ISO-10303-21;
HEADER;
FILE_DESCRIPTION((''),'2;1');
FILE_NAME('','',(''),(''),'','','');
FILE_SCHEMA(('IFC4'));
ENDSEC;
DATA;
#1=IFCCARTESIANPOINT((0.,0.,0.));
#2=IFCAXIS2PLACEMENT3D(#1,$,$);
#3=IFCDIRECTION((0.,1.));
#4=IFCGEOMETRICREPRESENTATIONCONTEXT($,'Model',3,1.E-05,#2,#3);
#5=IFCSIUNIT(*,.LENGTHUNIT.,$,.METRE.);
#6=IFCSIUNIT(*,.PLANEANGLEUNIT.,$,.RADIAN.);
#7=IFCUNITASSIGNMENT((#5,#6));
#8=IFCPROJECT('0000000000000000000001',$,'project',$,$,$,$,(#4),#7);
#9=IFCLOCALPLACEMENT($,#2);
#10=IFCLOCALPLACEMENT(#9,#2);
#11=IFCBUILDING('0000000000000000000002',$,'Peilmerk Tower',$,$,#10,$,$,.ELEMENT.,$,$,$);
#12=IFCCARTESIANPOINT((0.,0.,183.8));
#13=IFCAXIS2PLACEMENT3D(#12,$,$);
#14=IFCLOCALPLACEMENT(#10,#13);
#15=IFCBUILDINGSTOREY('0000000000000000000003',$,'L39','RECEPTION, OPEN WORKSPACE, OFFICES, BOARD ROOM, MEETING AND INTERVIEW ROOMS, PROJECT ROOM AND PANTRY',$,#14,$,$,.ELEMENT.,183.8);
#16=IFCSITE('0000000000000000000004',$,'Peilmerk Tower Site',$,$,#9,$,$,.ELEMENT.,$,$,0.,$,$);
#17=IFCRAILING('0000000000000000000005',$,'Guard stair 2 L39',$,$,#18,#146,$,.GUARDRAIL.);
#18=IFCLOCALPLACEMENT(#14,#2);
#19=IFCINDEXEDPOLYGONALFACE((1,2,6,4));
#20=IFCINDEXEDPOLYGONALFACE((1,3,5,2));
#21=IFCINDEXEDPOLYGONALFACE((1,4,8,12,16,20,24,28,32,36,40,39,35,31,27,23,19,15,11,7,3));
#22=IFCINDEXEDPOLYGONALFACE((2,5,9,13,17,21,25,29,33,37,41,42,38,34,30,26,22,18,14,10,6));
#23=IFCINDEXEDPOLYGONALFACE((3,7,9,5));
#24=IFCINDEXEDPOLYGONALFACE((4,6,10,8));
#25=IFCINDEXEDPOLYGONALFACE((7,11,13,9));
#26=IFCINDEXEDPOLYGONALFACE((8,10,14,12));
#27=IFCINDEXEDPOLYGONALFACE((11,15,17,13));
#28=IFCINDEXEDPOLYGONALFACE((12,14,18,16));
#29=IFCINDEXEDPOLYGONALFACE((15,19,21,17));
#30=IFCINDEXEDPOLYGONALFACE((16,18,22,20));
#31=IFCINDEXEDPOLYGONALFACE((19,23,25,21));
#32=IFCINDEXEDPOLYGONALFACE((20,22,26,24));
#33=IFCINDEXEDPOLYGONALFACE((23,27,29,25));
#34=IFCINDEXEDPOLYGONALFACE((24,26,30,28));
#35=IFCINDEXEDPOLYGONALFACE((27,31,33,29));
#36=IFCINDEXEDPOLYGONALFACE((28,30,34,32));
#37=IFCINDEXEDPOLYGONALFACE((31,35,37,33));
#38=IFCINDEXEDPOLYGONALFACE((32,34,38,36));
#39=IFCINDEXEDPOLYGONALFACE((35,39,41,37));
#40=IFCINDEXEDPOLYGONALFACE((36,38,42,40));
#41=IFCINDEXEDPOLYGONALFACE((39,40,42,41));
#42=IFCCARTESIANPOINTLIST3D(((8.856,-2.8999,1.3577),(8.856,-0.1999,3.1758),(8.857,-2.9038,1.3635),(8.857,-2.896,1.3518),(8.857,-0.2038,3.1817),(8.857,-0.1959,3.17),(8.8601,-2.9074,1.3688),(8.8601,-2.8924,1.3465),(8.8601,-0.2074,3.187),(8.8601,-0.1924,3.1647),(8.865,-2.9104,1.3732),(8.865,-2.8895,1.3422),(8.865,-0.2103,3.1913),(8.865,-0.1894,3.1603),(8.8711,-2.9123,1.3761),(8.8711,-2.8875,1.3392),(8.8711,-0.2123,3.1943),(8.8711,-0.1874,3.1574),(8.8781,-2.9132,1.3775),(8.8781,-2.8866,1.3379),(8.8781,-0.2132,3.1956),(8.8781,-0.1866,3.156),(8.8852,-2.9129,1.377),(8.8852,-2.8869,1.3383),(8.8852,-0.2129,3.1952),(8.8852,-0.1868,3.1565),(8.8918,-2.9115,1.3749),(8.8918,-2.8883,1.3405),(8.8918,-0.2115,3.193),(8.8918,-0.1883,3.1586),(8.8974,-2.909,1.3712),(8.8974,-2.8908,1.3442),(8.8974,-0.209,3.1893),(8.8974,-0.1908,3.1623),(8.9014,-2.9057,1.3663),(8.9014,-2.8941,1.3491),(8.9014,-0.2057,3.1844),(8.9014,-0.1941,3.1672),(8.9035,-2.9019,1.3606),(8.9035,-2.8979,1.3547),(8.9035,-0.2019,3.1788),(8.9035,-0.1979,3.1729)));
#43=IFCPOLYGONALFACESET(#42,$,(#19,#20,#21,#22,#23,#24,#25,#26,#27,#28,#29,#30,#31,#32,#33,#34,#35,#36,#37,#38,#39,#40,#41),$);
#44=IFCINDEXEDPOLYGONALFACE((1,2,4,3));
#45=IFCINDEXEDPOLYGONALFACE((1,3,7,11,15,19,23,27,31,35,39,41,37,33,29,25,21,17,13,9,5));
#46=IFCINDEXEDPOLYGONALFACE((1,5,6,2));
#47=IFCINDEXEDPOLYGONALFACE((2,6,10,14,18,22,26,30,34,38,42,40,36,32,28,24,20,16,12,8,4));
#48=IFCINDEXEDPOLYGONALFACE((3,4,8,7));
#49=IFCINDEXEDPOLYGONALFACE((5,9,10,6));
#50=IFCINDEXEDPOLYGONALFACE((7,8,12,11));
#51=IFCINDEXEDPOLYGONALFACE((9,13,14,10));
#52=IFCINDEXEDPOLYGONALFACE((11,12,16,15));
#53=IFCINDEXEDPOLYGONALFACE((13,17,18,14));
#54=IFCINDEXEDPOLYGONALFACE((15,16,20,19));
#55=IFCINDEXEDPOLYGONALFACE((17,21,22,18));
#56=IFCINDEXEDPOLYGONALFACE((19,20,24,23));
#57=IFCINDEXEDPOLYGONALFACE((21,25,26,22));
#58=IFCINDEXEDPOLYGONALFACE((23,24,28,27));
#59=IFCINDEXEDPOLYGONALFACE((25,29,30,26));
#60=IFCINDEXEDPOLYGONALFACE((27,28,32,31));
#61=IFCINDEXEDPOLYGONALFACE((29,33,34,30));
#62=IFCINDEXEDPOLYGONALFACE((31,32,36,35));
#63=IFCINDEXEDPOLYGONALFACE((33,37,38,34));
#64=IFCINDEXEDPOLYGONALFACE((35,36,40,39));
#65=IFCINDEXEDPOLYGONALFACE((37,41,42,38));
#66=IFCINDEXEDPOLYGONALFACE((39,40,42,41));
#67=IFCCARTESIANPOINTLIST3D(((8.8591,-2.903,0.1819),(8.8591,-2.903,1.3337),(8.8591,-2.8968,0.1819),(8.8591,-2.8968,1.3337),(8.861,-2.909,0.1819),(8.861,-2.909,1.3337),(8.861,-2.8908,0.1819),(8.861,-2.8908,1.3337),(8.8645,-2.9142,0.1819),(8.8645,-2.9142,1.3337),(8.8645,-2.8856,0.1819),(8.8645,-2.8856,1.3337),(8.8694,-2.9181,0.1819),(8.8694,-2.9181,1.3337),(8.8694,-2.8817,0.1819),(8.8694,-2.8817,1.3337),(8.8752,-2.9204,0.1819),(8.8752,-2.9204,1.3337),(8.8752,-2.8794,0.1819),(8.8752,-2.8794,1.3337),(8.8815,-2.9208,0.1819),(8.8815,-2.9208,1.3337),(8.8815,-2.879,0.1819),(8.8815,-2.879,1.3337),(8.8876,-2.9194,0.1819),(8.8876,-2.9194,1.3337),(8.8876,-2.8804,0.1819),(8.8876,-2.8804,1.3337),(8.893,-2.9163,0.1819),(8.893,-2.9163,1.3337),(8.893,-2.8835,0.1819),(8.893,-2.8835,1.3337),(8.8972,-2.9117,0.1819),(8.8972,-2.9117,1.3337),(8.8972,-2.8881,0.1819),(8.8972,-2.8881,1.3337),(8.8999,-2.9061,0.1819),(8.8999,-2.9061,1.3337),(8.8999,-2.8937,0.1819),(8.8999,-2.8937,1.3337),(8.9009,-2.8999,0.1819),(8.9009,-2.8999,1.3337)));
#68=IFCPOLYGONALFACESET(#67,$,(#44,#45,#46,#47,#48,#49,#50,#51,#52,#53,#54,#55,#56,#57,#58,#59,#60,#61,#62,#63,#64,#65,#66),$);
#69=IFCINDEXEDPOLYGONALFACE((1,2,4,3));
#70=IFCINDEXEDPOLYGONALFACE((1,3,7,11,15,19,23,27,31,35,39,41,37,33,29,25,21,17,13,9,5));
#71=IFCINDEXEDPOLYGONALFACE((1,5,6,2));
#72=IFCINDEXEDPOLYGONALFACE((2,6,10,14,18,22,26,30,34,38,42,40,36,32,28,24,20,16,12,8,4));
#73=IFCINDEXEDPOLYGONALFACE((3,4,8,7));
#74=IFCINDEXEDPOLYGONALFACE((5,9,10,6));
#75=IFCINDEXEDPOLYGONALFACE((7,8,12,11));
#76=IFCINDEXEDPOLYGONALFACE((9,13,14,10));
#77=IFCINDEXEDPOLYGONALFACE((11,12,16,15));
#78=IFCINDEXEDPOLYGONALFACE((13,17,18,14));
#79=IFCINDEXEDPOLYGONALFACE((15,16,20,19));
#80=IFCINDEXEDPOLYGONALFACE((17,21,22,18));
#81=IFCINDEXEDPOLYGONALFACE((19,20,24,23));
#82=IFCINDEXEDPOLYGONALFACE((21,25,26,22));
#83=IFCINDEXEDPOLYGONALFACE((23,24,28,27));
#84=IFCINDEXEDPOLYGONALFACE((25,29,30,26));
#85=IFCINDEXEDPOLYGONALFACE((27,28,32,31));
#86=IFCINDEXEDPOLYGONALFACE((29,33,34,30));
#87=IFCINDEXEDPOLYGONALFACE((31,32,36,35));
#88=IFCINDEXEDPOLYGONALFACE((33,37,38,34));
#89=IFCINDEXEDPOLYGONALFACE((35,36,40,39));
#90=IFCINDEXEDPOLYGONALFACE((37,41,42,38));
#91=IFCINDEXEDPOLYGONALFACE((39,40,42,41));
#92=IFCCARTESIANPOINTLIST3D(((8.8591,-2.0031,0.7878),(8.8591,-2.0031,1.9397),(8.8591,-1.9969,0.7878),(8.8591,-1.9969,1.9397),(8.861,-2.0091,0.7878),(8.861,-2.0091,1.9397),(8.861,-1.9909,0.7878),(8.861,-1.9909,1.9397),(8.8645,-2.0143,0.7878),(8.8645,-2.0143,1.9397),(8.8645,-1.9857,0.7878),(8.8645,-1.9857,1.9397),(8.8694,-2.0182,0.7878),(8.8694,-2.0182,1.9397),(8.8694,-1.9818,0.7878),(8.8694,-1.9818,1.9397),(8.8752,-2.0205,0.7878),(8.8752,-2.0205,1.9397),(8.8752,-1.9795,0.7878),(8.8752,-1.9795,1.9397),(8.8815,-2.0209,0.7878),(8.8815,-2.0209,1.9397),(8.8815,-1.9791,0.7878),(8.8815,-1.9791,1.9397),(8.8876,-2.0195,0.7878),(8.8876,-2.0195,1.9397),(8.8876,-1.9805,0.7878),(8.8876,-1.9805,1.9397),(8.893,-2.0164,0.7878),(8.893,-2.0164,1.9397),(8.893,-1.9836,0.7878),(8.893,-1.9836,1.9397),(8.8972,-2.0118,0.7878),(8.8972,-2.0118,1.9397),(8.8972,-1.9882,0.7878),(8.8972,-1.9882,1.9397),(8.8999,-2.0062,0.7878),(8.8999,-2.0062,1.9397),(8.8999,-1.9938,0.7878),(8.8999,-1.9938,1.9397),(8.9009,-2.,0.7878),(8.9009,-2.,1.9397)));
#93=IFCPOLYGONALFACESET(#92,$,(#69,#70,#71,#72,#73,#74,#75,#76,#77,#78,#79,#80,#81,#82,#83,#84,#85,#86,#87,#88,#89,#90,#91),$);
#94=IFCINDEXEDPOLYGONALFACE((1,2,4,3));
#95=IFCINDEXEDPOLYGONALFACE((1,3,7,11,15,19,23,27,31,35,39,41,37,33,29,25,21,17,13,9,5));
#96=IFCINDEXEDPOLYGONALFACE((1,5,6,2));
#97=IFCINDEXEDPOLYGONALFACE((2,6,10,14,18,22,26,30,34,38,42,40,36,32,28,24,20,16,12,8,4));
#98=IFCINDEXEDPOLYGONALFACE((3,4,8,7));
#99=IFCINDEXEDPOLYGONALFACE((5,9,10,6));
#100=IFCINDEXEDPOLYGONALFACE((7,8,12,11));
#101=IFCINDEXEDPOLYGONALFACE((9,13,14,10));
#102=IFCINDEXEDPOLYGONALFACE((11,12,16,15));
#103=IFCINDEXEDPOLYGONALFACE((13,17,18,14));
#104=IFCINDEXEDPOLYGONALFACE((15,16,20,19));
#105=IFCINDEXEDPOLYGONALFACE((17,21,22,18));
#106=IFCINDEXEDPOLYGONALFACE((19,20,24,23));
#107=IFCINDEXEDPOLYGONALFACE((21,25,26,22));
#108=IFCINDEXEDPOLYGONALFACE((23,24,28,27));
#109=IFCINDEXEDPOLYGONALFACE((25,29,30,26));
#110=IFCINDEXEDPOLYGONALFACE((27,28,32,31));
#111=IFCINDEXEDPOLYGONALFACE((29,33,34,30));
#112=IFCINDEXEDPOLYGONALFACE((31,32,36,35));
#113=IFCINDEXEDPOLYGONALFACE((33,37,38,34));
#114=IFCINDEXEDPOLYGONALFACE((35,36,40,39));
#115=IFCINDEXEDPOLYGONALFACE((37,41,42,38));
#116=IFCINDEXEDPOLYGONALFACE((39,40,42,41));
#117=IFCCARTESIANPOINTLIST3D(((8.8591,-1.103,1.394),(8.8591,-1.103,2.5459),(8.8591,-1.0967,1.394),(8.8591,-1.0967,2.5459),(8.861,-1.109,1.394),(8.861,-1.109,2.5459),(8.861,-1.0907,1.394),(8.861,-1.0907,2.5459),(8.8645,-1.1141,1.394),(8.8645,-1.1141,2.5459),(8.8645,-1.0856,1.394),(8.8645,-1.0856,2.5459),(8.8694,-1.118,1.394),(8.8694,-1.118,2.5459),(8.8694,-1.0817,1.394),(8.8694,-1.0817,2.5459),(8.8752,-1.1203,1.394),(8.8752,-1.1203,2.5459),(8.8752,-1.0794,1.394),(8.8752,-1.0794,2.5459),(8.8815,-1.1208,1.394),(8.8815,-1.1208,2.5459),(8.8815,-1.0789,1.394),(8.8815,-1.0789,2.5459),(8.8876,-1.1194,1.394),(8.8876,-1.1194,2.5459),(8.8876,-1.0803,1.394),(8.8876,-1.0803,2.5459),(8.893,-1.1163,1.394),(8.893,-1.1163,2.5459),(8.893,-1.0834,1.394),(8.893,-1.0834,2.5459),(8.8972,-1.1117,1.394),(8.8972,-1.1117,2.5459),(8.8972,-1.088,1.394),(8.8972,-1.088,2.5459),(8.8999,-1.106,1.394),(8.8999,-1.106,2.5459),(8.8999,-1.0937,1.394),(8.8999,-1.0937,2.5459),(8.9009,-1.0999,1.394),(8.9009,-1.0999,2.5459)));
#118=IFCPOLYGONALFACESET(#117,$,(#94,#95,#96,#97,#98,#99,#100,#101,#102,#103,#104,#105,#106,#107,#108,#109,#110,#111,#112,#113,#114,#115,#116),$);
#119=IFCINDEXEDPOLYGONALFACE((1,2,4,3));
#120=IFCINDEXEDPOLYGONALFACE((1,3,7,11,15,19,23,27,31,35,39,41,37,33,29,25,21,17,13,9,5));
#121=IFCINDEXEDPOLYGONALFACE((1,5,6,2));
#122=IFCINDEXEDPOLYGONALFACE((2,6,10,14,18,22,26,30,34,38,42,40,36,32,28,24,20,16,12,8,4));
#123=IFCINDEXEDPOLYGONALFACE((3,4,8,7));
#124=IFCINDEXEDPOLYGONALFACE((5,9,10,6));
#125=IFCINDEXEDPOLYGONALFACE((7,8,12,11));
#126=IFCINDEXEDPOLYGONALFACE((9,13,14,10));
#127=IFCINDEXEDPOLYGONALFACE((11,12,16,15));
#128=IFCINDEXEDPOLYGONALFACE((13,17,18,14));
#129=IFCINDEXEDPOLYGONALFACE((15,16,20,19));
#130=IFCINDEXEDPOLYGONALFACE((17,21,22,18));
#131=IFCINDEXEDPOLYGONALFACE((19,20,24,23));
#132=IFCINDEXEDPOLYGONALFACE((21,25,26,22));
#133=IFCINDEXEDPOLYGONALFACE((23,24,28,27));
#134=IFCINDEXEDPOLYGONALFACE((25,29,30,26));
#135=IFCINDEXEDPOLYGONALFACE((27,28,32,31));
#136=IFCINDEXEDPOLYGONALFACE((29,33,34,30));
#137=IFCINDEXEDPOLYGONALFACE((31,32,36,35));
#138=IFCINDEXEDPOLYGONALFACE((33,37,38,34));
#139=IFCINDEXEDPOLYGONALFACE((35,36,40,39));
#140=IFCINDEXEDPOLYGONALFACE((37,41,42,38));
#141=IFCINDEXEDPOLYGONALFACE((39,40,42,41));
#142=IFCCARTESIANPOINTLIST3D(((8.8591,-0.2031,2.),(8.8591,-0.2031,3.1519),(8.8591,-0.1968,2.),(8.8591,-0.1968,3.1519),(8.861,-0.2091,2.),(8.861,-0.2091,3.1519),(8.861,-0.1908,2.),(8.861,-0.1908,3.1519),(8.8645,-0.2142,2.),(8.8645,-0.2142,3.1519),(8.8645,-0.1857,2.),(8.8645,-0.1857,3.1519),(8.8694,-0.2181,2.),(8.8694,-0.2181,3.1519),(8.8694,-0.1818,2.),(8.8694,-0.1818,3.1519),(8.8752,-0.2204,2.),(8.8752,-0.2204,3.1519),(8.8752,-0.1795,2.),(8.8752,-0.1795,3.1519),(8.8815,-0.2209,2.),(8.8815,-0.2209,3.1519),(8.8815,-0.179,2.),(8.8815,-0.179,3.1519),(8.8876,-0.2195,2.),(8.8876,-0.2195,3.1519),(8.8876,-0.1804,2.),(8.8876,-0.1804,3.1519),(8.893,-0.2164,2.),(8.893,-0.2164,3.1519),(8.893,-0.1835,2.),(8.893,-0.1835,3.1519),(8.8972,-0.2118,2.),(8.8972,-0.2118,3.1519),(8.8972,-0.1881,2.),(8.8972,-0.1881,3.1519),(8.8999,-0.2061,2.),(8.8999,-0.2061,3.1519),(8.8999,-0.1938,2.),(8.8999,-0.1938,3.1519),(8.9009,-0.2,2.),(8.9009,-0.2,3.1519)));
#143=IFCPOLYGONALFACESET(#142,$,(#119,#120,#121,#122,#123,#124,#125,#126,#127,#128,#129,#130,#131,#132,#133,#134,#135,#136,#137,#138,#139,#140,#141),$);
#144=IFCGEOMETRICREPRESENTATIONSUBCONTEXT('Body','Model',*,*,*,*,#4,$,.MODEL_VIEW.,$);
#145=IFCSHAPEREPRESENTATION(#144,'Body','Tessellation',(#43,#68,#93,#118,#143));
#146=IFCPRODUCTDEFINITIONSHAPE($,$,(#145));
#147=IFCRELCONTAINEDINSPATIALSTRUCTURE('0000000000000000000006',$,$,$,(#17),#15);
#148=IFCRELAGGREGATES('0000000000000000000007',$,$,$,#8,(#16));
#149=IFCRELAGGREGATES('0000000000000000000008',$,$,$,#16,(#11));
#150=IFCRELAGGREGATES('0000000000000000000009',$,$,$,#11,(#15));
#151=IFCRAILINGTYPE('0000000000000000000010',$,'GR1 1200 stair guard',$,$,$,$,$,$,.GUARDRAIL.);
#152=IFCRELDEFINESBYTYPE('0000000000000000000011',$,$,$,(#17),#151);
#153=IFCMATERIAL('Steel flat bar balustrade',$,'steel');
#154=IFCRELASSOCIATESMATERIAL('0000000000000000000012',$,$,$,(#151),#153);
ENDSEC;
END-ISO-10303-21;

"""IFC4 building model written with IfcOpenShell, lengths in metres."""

from ifc_helpers import new_model, si_unit, direction, frame, origin, origin_2d, place, context, subcontext, project, spatial, circle, extrude, material, type_object, element, save


model = new_model("IFC4")

# Units and contexts
model_context = context("Model", 3, precision=1e-05, world=origin(), true_north=direction((0.0, 1.0)))
body_context = subcontext(model_context, "Body", "Model", "MODEL_VIEW")
ifc_project = project(units=[si_unit("LENGTHUNIT", "METRE"), si_unit("PLANEANGLEUNIT", "RADIAN")], contexts=[model_context])

# Site, building, storey
site_placement = place(None, origin())
site = spatial("IfcSite", under=ifc_project, at=site_placement, Name="Peilmerk Tower Site", CompositionType="ELEMENT", RefElevation=0.0)
building_placement = place(site_placement, origin())
building = spatial("IfcBuilding", under=site, at=building_placement, Name="Peilmerk Tower", CompositionType="ELEMENT")
storey_placement = place(building_placement, frame((0.0, 0.0, 183.8)))
storey = spatial("IfcBuildingStorey", under=building, at=storey_placement, Name="L39", Description="RECEPTION, OPEN WORKSPACE, OFFICES, BOARD ROOM, MEETING AND INTERVIEW ROOMS, PROJECT ROOM AND PANTRY", CompositionType="ELEMENT", Elevation=183.8)

# Railing
ifc_material_1 = material(Name="Steel flat bar balustrade", Category="steel")
railing_type_1 = type_object("IfcRailingType", Name="GR1 1200 stair guard", PredefinedType="GUARDRAIL", material=ifc_material_1)
railing_1_placement = place(storey_placement, frame((8.8799, -2.8999, 0.1819)))
element("IfcRailing", 1, at=railing_1_placement, inside=storey, type_object=railing_type_1, Name="Guard stair 2 L39", PredefinedType="GUARDRAIL", context=body_context, shape_type="SweptSolid", body=[
    extrude(circle(Radius=0.0239, at=origin_2d()), frame((0.0, 0.0, 1.1758), z_axis=(0.0, 0.829468, 0.558554), x_axis=(-1.0, 0.0, 0.0)), (0.0, 0.0, 1.0), 3.2551),
    extrude(circle(Radius=0.021, at=origin_2d()), origin(), (0.0, 0.0, 1.0), 1.1519),
    extrude(circle(Radius=0.021, at=origin_2d()), frame((0.0, 0.8999, 0.606)), (0.0, 0.0, 1.0), 1.1519),
    extrude(circle(Radius=0.021, at=origin_2d()), frame((0.0, 1.8, 1.2122)), (0.0, 0.0, 1.0), 1.1519),
    extrude(circle(Radius=0.021, at=origin_2d()), frame((0.0, 2.7, 1.8181)), (0.0, 0.0, 1.0), 1.1519),
])

save(model, "model.ifc")
